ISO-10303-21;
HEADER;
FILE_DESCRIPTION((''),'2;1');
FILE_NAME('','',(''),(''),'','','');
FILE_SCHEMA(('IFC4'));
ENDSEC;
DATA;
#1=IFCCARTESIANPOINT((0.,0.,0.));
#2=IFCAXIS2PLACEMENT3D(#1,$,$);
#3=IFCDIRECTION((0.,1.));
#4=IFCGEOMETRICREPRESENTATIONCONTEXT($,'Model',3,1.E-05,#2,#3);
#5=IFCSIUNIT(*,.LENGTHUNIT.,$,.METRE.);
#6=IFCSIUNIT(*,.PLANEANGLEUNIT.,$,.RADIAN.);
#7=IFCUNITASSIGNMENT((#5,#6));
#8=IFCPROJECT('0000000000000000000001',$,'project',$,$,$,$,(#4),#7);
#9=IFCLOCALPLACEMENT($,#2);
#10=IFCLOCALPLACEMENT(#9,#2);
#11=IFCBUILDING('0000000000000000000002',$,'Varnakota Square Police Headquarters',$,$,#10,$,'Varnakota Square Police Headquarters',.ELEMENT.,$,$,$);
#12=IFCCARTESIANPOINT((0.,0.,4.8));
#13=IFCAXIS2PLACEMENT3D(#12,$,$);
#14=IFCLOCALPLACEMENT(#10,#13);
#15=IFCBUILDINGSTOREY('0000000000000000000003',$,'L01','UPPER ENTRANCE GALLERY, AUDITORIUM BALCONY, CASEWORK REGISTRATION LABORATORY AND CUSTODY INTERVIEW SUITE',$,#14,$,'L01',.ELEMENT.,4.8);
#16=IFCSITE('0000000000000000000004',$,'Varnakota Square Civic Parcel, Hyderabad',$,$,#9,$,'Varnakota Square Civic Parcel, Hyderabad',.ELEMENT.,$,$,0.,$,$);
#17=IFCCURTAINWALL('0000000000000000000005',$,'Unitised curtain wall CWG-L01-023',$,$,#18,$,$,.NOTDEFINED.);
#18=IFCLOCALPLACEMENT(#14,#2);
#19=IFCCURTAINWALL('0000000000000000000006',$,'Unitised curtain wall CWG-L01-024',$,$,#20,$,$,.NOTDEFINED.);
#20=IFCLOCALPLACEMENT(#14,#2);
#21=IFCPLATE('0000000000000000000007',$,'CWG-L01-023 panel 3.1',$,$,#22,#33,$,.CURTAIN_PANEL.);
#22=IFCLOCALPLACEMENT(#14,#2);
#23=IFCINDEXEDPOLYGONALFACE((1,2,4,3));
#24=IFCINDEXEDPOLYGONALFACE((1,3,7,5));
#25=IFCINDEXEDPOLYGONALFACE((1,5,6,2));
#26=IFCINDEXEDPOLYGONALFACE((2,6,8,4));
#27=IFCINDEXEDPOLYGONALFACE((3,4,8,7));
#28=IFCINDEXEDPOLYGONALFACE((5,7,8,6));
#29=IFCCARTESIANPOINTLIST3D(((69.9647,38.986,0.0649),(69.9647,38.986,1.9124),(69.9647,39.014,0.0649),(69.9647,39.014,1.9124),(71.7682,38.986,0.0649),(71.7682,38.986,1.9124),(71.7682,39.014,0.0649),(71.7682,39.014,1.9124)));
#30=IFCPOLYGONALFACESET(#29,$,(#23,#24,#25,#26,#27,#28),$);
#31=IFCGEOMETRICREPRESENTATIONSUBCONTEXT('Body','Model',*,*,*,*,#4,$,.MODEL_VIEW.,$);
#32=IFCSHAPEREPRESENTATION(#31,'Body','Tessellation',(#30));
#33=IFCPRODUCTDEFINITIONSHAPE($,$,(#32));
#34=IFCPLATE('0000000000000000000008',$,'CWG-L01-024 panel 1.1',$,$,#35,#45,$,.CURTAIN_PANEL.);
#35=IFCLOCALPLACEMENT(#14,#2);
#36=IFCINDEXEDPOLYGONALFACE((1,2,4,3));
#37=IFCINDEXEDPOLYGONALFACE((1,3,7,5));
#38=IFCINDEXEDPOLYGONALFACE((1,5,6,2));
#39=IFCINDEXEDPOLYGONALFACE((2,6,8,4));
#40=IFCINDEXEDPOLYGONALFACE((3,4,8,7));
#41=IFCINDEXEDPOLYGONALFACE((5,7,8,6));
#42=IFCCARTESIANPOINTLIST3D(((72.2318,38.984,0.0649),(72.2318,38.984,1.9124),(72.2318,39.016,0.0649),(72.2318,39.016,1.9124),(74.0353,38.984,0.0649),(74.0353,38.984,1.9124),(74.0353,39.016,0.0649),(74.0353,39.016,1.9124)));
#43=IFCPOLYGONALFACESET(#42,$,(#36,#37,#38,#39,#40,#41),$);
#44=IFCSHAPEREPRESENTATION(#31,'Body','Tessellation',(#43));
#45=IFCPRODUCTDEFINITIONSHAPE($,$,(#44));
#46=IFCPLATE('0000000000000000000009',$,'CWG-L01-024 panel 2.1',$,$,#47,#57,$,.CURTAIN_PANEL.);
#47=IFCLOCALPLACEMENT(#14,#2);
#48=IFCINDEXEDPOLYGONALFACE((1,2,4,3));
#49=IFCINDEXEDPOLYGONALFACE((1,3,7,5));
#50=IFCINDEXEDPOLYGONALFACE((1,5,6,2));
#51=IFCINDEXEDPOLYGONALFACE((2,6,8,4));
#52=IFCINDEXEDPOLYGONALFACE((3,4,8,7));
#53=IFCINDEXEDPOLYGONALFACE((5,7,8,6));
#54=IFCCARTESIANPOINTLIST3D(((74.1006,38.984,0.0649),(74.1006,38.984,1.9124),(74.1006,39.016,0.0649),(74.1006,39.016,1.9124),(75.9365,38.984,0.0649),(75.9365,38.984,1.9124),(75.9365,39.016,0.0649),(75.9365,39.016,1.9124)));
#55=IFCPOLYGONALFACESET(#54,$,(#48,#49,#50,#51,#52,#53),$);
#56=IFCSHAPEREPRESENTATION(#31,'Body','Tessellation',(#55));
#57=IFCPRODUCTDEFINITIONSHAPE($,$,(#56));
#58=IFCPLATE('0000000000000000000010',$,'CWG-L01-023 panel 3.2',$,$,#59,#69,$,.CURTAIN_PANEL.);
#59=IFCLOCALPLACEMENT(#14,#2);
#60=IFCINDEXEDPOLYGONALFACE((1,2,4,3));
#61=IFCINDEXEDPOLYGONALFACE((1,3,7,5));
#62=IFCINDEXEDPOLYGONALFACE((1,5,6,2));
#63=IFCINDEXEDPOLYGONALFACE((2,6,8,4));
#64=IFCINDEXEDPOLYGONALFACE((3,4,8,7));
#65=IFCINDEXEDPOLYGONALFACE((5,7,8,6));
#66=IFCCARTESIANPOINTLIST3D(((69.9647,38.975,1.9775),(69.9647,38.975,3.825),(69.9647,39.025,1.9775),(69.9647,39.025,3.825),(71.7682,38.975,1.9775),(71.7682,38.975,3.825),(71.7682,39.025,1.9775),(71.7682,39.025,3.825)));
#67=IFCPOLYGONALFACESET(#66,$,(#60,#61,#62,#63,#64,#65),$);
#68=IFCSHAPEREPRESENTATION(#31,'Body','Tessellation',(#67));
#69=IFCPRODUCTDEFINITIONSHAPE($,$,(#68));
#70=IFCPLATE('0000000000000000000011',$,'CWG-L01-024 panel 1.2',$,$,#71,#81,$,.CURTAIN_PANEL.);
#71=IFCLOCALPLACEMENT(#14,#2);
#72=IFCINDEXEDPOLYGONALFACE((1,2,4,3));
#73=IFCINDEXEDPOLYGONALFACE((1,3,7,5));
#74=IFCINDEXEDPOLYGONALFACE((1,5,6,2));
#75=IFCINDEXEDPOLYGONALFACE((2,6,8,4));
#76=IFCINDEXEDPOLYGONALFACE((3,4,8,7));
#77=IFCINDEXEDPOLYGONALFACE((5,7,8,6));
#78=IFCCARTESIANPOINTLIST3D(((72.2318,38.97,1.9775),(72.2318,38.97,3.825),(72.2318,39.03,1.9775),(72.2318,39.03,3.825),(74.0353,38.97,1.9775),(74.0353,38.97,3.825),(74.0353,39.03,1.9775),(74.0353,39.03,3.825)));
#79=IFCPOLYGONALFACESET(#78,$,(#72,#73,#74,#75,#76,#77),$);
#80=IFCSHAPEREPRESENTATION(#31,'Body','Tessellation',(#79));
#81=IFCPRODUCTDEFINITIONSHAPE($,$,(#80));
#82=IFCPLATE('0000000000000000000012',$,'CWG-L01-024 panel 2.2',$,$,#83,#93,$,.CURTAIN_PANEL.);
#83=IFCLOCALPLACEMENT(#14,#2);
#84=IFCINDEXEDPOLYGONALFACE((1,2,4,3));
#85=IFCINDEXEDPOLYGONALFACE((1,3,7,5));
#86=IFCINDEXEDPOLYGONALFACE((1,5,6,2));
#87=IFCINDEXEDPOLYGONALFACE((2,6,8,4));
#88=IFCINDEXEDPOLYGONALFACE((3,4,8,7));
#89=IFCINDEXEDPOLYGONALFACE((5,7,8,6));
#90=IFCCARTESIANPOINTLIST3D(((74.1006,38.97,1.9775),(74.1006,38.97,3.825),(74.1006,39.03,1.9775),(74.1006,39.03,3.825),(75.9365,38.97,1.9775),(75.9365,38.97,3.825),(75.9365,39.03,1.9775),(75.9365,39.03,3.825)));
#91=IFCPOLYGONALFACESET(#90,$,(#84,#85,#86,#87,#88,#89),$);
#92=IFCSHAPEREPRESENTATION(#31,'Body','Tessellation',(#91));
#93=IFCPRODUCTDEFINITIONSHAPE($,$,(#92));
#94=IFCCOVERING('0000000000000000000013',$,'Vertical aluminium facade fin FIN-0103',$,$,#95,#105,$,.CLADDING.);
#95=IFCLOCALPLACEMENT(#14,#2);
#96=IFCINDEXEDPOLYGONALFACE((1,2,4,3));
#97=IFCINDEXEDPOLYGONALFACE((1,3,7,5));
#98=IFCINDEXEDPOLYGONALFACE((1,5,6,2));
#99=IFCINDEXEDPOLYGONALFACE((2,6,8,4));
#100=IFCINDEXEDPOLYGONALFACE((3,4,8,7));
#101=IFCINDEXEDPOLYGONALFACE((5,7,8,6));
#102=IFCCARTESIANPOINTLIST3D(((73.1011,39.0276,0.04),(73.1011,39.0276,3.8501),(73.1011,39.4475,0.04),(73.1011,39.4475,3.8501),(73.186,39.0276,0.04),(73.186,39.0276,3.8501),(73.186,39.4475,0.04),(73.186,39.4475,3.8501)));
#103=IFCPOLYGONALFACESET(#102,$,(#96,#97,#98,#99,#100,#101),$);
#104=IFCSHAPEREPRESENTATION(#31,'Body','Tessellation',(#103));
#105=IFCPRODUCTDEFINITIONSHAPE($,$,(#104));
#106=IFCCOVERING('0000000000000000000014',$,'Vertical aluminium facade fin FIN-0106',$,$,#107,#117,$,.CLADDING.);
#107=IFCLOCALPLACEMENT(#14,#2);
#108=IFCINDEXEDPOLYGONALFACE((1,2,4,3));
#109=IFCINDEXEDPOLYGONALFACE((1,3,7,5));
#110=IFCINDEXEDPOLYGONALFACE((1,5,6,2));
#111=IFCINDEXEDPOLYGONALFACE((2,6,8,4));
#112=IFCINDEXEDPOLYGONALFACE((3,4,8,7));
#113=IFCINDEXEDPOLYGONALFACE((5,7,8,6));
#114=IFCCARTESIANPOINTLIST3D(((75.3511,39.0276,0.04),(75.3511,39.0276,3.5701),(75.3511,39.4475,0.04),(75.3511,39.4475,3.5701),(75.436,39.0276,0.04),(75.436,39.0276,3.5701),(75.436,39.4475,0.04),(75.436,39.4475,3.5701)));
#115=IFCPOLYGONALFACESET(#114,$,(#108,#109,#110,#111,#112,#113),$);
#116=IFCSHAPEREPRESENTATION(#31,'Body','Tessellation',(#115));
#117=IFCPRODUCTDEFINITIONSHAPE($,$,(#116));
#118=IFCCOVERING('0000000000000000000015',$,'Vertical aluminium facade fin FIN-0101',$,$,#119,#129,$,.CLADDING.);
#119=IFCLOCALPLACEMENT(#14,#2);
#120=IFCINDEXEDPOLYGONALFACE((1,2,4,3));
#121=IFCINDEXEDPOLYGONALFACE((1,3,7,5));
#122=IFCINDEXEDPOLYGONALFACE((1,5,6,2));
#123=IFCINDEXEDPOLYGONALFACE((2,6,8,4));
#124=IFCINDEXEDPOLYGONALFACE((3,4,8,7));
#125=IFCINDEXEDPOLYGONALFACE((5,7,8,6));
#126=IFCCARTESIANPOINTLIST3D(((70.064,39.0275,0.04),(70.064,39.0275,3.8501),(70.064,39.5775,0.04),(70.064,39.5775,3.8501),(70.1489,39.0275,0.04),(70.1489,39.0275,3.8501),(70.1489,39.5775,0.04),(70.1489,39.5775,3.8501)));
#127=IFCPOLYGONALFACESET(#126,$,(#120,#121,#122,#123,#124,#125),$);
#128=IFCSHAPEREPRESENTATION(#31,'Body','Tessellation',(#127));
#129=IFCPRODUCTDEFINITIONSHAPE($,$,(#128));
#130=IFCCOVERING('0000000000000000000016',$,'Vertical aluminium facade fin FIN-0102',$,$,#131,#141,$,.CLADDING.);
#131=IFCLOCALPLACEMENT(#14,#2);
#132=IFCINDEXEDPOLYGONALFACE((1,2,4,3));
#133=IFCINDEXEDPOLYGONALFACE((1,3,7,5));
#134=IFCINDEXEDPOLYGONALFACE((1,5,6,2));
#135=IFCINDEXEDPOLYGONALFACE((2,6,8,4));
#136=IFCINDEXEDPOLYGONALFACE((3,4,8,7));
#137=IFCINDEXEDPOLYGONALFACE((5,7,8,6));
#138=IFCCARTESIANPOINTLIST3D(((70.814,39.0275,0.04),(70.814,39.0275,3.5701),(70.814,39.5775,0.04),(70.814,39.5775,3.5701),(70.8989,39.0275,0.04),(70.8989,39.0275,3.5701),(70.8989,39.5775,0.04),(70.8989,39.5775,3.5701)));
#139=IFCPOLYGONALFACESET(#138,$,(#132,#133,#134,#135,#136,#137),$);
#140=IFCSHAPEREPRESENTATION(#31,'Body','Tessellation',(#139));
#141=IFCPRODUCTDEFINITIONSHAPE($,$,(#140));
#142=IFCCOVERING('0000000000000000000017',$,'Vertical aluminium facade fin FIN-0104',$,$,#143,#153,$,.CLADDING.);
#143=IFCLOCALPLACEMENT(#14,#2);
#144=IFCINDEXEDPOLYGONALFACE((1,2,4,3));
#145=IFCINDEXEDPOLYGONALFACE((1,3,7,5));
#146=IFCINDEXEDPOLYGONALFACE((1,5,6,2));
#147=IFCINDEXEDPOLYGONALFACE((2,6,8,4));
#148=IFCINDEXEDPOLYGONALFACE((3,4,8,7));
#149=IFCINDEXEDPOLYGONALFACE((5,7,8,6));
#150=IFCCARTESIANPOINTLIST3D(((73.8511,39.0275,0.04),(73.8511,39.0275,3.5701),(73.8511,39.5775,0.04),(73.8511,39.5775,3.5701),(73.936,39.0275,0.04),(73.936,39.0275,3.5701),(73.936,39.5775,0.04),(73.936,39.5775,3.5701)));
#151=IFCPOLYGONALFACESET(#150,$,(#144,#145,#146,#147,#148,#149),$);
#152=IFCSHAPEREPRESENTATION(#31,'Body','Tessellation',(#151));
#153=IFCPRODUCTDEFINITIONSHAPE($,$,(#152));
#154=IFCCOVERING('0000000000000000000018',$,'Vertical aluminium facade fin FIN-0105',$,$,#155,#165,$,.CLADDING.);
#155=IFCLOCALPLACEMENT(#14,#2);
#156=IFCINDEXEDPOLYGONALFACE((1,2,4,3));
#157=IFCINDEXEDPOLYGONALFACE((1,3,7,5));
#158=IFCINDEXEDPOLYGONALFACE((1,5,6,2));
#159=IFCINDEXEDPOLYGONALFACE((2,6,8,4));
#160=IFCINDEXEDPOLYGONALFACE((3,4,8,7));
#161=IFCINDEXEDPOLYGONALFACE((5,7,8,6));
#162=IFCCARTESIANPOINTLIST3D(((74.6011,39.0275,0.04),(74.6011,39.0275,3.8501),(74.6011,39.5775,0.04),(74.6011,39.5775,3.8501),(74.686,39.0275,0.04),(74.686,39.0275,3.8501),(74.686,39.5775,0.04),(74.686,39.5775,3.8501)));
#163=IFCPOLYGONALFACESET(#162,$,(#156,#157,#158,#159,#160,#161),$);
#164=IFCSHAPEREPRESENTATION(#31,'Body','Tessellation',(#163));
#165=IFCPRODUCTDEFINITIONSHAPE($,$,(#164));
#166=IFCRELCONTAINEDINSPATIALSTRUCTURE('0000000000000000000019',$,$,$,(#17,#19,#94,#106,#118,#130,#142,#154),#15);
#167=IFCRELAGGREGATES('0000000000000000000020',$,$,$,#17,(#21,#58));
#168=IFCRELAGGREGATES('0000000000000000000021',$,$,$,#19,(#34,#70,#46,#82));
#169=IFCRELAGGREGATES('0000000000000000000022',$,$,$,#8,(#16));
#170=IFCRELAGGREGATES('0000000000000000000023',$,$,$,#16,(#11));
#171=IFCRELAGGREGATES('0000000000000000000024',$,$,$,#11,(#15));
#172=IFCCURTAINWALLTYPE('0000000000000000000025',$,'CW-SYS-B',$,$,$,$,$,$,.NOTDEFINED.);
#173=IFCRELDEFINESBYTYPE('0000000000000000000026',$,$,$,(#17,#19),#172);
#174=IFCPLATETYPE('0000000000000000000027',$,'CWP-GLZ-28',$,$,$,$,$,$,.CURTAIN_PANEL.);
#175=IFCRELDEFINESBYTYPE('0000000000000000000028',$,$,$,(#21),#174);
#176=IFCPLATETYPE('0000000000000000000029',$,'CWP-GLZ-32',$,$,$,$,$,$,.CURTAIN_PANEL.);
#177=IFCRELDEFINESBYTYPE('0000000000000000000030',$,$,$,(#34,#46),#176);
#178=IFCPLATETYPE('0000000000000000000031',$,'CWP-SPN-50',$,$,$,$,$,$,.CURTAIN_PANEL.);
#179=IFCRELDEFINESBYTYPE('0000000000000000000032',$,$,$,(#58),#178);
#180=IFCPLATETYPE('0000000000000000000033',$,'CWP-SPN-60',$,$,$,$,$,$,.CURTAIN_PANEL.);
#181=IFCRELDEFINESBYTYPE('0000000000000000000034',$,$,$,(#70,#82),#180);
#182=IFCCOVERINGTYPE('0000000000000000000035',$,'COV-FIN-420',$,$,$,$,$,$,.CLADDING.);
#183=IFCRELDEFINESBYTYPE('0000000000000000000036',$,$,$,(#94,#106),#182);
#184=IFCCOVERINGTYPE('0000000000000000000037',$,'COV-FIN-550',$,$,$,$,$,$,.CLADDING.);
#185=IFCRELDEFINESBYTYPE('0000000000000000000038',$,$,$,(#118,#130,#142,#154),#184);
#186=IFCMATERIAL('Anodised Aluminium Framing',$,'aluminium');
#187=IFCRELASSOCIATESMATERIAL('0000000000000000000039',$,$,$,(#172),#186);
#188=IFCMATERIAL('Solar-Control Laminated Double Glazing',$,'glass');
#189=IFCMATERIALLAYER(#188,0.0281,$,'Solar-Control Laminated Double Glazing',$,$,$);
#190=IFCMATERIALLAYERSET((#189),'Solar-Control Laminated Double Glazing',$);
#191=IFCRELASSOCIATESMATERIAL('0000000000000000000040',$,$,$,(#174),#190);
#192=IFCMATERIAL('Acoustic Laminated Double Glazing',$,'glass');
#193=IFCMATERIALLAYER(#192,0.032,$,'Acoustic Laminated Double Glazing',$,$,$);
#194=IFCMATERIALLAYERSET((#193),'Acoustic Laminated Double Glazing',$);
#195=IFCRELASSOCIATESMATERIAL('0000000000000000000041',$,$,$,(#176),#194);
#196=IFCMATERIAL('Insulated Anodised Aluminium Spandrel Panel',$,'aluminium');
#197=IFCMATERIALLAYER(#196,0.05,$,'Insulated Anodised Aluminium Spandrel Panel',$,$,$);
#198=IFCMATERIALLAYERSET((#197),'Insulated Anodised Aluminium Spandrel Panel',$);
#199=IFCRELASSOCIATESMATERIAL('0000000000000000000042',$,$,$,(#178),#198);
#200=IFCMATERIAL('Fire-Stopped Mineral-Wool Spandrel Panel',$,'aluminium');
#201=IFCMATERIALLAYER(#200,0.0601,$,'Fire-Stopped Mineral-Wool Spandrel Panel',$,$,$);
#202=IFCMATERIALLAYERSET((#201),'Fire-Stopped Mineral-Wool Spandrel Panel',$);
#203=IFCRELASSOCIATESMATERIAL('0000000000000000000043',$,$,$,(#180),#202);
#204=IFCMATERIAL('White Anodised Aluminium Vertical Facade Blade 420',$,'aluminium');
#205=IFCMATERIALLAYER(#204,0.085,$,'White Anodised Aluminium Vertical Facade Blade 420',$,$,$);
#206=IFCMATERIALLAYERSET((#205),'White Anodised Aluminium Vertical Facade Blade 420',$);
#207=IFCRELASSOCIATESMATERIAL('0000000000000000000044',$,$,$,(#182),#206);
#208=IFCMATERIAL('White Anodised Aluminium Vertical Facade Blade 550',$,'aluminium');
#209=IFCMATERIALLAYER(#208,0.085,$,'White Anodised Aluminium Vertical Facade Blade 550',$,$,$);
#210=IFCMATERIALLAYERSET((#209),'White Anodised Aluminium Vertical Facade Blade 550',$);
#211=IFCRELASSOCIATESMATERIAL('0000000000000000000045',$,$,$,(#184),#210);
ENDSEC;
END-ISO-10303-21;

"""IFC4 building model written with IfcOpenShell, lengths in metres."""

from ifc_helpers import new_model, si_unit, direction, frame, origin, origin_2d, place, context, subcontext, project, spatial, rectangle, extrude, material, layer, layer_set, type_object, element, aggregate, save


model = new_model("IFC4")

# Units and contexts
model_context = context("Model", 3, precision=1e-05, world=origin(), true_north=direction((0.0, 1.0)))
body_context = subcontext(model_context, "Body", "Model", "MODEL_VIEW")
ifc_project = project(units=[si_unit("LENGTHUNIT", "METRE"), si_unit("PLANEANGLEUNIT", "RADIAN")], contexts=[model_context])

# Site, building, storey
site_placement = place(None, origin())
site = spatial("IfcSite", under=ifc_project, at=site_placement, Name="Varnakota Square Civic Parcel, Hyderabad", LongName="Varnakota Square Civic Parcel, Hyderabad", CompositionType="ELEMENT", RefElevation=0.0)
building_placement = place(site_placement, origin())
building = spatial("IfcBuilding", under=site, at=building_placement, Name="Varnakota Square Police Headquarters", LongName="Varnakota Square Police Headquarters", CompositionType="ELEMENT")
storey_placement = place(building_placement, frame((0.0, 0.0, 4.8)))
storey = spatial("IfcBuildingStorey", under=building, at=storey_placement, Name="L01", Description="UPPER ENTRANCE GALLERY, AUDITORIUM BALCONY, CASEWORK REGISTRATION LABORATORY AND CUSTODY INTERVIEW SUITE", LongName="L01", CompositionType="ELEMENT", Elevation=4.8)

# Curtain wall
ifc_material_1 = material(Name="Anodised Aluminium Framing", Category="aluminium")
curtain_wall_type = type_object("IfcCurtainWallType", Name="CW-SYS-B", PredefinedType="NOTDEFINED", material=ifc_material_1)
curtain_wall_1_placement = place(storey_placement, origin())
curtain_wall_1 = element("IfcCurtainWall", 1, at=curtain_wall_1_placement, inside=storey, type_object=curtain_wall_type, Name="Unitised curtain wall CWG-L01-023", PredefinedType="NOTDEFINED")

# Curtain wall
curtain_wall_2_placement = place(storey_placement, origin())
curtain_wall_2 = element("IfcCurtainWall", 2, at=curtain_wall_2_placement, inside=storey, type_object=curtain_wall_type, Name="Unitised curtain wall CWG-L01-024", PredefinedType="NOTDEFINED")

# Plates
ifc_material_2 = material(Name="Solar-Control Laminated Double Glazing", Category="glass")
ifc_layer_1 = layer(ifc_material_2, 0.0281, Name="Solar-Control Laminated Double Glazing")
ifc_layer_set_1 = layer_set([ifc_layer_1], Name="Solar-Control Laminated Double Glazing")
plate_type_1 = type_object("IfcPlateType", Name="CWP-GLZ-28", PredefinedType="CURTAIN_PANEL", material=ifc_layer_set_1)
plate_1_placement = place(storey_placement, frame((70.8665, 39.0, 0.0649), z_axis=(0.0, 0.0, 1.0), x_axis=(1.0, 0.0, 0.0)))
plate_1 = element("IfcPlate", 3, at=plate_1_placement, type_object=plate_type_1, Name="CWG-L01-023 panel 3.1", PredefinedType="CURTAIN_PANEL", context=body_context, shape_type="SweptSolid", body=[
    extrude(rectangle(XDim=1.8035, YDim=0.0281, at=origin_2d()), origin(), (0.0, 0.0, 1.0), 1.8474),
])
ifc_material_3 = material(Name="Acoustic Laminated Double Glazing", Category="glass")
ifc_layer_2 = layer(ifc_material_3, 0.032, Name="Acoustic Laminated Double Glazing")
ifc_layer_set_2 = layer_set([ifc_layer_2], Name="Acoustic Laminated Double Glazing")
plate_type_2 = type_object("IfcPlateType", Name="CWP-GLZ-32", PredefinedType="CURTAIN_PANEL", material=ifc_layer_set_2)
plate_2_placement = place(storey_placement, frame((73.1335, 39.0, 0.0649), z_axis=(0.0, 0.0, 1.0), x_axis=(1.0, 0.0, 0.0)))
plate_2 = element("IfcPlate", 4, at=plate_2_placement, type_object=plate_type_2, Name="CWG-L01-024 panel 1.1", PredefinedType="CURTAIN_PANEL", context=body_context, shape_type="SweptSolid", body=[
    extrude(rectangle(XDim=1.8035, YDim=0.032, at=origin_2d()), origin(), (0.0, 0.0, 1.0), 1.8474),
])
plate_3_placement = place(storey_placement, frame((75.0186, 39.0, 0.0649), z_axis=(0.0, 0.0, 1.0), x_axis=(1.0, 0.0, 0.0)))
plate_3 = element("IfcPlate", 5, at=plate_3_placement, type_object=plate_type_2, Name="CWG-L01-024 panel 2.1", PredefinedType="CURTAIN_PANEL", context=body_context, shape_type="SweptSolid", body=[
    extrude(rectangle(XDim=1.8359, YDim=0.032, at=origin_2d()), origin(), (0.0, 0.0, 1.0), 1.8474),
])
ifc_material_4 = material(Name="Insulated Anodised Aluminium Spandrel Panel", Category="aluminium")
ifc_layer_3 = layer(ifc_material_4, 0.05, Name="Insulated Anodised Aluminium Spandrel Panel")
ifc_layer_set_3 = layer_set([ifc_layer_3], Name="Insulated Anodised Aluminium Spandrel Panel")
plate_type_3 = type_object("IfcPlateType", Name="CWP-SPN-50", PredefinedType="CURTAIN_PANEL", material=ifc_layer_set_3)
plate_4_placement = place(storey_placement, frame((70.8665, 39.0, 1.9775), z_axis=(0.0, 0.0, 1.0), x_axis=(1.0, 0.0, 0.0)))
plate_4 = element("IfcPlate", 6, at=plate_4_placement, type_object=plate_type_3, Name="CWG-L01-023 panel 3.2", PredefinedType="CURTAIN_PANEL", context=body_context, shape_type="SweptSolid", body=[
    extrude(rectangle(XDim=1.8035, YDim=0.05, at=origin_2d()), origin(), (0.0, 0.0, 1.0), 1.8474),
])
aggregate(curtain_wall_1, [plate_1, plate_4])
ifc_material_5 = material(Name="Fire-Stopped Mineral-Wool Spandrel Panel", Category="aluminium")
ifc_layer_4 = layer(ifc_material_5, 0.0601, Name="Fire-Stopped Mineral-Wool Spandrel Panel")
ifc_layer_set_4 = layer_set([ifc_layer_4], Name="Fire-Stopped Mineral-Wool Spandrel Panel")
plate_type_4 = type_object("IfcPlateType", Name="CWP-SPN-60", PredefinedType="CURTAIN_PANEL", material=ifc_layer_set_4)
plate_5_placement = place(storey_placement, frame((73.1335, 39.0, 1.9775), z_axis=(0.0, 0.0, 1.0), x_axis=(1.0, 0.0, 0.0)))
plate_5 = element("IfcPlate", 7, at=plate_5_placement, type_object=plate_type_4, Name="CWG-L01-024 panel 1.2", PredefinedType="CURTAIN_PANEL", context=body_context, shape_type="SweptSolid", body=[
    extrude(rectangle(XDim=1.8035, YDim=0.0601, at=origin_2d()), origin(), (0.0, 0.0, 1.0), 1.8474),
])
plate_6_placement = place(storey_placement, frame((75.0186, 39.0, 1.9775), z_axis=(0.0, 0.0, 1.0), x_axis=(1.0, 0.0, 0.0)))
plate_6 = element("IfcPlate", 8, at=plate_6_placement, type_object=plate_type_4, Name="CWG-L01-024 panel 2.2", PredefinedType="CURTAIN_PANEL", context=body_context, shape_type="SweptSolid", body=[
    extrude(rectangle(XDim=1.8359, YDim=0.0601, at=origin_2d()), origin(), (0.0, 0.0, 1.0), 1.8474),
])
aggregate(curtain_wall_2, [plate_2, plate_5, plate_3, plate_6])

# Coverings
ifc_material_6 = material(Name="White Anodised Aluminium Vertical Facade Blade 420", Category="aluminium")
ifc_layer_5 = layer(ifc_material_6, 0.085, Name="White Anodised Aluminium Vertical Facade Blade 420")
ifc_layer_set_5 = layer_set([ifc_layer_5], Name="White Anodised Aluminium Vertical Facade Blade 420")
covering_type_1 = type_object("IfcCoveringType", Name="COV-FIN-420", PredefinedType="CLADDING", material=ifc_layer_set_5)
covering_1_placement = place(storey_placement, frame((73.1436, 39.2375, 0.04), z_axis=(0.0, 0.0, 1.0), x_axis=(1.0, 0.0, 0.0)))
element("IfcCovering", 9, at=covering_1_placement, inside=storey, type_object=covering_type_1, Name="Vertical aluminium facade fin FIN-0103", PredefinedType="CLADDING", context=body_context, shape_type="SweptSolid", body=[
    extrude(rectangle(XDim=0.085, YDim=0.4199, at=origin_2d()), origin(), (0.0, 0.0, 1.0), 3.8101),
])
covering_2_placement = place(storey_placement, frame((75.3936, 39.2375, 0.04), z_axis=(0.0, 0.0, 1.0), x_axis=(1.0, 0.0, 0.0)))
element("IfcCovering", 10, at=covering_2_placement, inside=storey, type_object=covering_type_1, Name="Vertical aluminium facade fin FIN-0106", PredefinedType="CLADDING", context=body_context, shape_type="SweptSolid", body=[
    extrude(rectangle(XDim=0.085, YDim=0.4199, at=origin_2d()), origin(), (0.0, 0.0, 1.0), 3.53),
])
ifc_material_7 = material(Name="White Anodised Aluminium Vertical Facade Blade 550", Category="aluminium")
ifc_layer_6 = layer(ifc_material_7, 0.085, Name="White Anodised Aluminium Vertical Facade Blade 550")
ifc_layer_set_6 = layer_set([ifc_layer_6], Name="White Anodised Aluminium Vertical Facade Blade 550")
covering_type_2 = type_object("IfcCoveringType", Name="COV-FIN-550", PredefinedType="CLADDING", material=ifc_layer_set_6)
covering_3_placement = place(storey_placement, frame((70.1064, 39.3025, 0.04), z_axis=(0.0, 0.0, 1.0), x_axis=(1.0, 0.0, 0.0)))
element("IfcCovering", 11, at=covering_3_placement, inside=storey, type_object=covering_type_2, Name="Vertical aluminium facade fin FIN-0101", PredefinedType="CLADDING", context=body_context, shape_type="SweptSolid", body=[
    extrude(rectangle(XDim=0.085, YDim=0.55, at=origin_2d()), origin(), (0.0, 0.0, 1.0), 3.8101),
])
for number, where, z_axis, x_axis, name in (
    (12, (70.8564, 39.3025, 0.04), (0.0, 0.0, 1.0), (1.0, 0.0, 0.0), "Vertical aluminium facade fin FIN-0102"),
    (13, (73.8936, 39.3025, 0.04), (0.0, 0.0, 1.0), (1.0, 0.0, 0.0), "Vertical aluminium facade fin FIN-0104"),
):
    element("IfcCovering", number, at=place(storey_placement, frame(where, z_axis=z_axis, x_axis=x_axis)), inside=storey, type_object=covering_type_2, Name=name, PredefinedType="CLADDING", context=body_context, shape_type="SweptSolid", body=[
        extrude(rectangle(XDim=0.085, YDim=0.55, at=origin_2d()), origin(), (0.0, 0.0, 1.0), 3.53),
    ])
covering_4_placement = place(storey_placement, frame((74.6436, 39.3025, 0.04), z_axis=(0.0, 0.0, 1.0), x_axis=(1.0, 0.0, 0.0)))
element("IfcCovering", 14, at=covering_4_placement, inside=storey, type_object=covering_type_2, Name="Vertical aluminium facade fin FIN-0105", PredefinedType="CLADDING", context=body_context, shape_type="SweptSolid", body=[
    extrude(rectangle(XDim=0.085, YDim=0.55, at=origin_2d()), origin(), (0.0, 0.0, 1.0), 3.8101),
])

save(model, "model.ifc")
